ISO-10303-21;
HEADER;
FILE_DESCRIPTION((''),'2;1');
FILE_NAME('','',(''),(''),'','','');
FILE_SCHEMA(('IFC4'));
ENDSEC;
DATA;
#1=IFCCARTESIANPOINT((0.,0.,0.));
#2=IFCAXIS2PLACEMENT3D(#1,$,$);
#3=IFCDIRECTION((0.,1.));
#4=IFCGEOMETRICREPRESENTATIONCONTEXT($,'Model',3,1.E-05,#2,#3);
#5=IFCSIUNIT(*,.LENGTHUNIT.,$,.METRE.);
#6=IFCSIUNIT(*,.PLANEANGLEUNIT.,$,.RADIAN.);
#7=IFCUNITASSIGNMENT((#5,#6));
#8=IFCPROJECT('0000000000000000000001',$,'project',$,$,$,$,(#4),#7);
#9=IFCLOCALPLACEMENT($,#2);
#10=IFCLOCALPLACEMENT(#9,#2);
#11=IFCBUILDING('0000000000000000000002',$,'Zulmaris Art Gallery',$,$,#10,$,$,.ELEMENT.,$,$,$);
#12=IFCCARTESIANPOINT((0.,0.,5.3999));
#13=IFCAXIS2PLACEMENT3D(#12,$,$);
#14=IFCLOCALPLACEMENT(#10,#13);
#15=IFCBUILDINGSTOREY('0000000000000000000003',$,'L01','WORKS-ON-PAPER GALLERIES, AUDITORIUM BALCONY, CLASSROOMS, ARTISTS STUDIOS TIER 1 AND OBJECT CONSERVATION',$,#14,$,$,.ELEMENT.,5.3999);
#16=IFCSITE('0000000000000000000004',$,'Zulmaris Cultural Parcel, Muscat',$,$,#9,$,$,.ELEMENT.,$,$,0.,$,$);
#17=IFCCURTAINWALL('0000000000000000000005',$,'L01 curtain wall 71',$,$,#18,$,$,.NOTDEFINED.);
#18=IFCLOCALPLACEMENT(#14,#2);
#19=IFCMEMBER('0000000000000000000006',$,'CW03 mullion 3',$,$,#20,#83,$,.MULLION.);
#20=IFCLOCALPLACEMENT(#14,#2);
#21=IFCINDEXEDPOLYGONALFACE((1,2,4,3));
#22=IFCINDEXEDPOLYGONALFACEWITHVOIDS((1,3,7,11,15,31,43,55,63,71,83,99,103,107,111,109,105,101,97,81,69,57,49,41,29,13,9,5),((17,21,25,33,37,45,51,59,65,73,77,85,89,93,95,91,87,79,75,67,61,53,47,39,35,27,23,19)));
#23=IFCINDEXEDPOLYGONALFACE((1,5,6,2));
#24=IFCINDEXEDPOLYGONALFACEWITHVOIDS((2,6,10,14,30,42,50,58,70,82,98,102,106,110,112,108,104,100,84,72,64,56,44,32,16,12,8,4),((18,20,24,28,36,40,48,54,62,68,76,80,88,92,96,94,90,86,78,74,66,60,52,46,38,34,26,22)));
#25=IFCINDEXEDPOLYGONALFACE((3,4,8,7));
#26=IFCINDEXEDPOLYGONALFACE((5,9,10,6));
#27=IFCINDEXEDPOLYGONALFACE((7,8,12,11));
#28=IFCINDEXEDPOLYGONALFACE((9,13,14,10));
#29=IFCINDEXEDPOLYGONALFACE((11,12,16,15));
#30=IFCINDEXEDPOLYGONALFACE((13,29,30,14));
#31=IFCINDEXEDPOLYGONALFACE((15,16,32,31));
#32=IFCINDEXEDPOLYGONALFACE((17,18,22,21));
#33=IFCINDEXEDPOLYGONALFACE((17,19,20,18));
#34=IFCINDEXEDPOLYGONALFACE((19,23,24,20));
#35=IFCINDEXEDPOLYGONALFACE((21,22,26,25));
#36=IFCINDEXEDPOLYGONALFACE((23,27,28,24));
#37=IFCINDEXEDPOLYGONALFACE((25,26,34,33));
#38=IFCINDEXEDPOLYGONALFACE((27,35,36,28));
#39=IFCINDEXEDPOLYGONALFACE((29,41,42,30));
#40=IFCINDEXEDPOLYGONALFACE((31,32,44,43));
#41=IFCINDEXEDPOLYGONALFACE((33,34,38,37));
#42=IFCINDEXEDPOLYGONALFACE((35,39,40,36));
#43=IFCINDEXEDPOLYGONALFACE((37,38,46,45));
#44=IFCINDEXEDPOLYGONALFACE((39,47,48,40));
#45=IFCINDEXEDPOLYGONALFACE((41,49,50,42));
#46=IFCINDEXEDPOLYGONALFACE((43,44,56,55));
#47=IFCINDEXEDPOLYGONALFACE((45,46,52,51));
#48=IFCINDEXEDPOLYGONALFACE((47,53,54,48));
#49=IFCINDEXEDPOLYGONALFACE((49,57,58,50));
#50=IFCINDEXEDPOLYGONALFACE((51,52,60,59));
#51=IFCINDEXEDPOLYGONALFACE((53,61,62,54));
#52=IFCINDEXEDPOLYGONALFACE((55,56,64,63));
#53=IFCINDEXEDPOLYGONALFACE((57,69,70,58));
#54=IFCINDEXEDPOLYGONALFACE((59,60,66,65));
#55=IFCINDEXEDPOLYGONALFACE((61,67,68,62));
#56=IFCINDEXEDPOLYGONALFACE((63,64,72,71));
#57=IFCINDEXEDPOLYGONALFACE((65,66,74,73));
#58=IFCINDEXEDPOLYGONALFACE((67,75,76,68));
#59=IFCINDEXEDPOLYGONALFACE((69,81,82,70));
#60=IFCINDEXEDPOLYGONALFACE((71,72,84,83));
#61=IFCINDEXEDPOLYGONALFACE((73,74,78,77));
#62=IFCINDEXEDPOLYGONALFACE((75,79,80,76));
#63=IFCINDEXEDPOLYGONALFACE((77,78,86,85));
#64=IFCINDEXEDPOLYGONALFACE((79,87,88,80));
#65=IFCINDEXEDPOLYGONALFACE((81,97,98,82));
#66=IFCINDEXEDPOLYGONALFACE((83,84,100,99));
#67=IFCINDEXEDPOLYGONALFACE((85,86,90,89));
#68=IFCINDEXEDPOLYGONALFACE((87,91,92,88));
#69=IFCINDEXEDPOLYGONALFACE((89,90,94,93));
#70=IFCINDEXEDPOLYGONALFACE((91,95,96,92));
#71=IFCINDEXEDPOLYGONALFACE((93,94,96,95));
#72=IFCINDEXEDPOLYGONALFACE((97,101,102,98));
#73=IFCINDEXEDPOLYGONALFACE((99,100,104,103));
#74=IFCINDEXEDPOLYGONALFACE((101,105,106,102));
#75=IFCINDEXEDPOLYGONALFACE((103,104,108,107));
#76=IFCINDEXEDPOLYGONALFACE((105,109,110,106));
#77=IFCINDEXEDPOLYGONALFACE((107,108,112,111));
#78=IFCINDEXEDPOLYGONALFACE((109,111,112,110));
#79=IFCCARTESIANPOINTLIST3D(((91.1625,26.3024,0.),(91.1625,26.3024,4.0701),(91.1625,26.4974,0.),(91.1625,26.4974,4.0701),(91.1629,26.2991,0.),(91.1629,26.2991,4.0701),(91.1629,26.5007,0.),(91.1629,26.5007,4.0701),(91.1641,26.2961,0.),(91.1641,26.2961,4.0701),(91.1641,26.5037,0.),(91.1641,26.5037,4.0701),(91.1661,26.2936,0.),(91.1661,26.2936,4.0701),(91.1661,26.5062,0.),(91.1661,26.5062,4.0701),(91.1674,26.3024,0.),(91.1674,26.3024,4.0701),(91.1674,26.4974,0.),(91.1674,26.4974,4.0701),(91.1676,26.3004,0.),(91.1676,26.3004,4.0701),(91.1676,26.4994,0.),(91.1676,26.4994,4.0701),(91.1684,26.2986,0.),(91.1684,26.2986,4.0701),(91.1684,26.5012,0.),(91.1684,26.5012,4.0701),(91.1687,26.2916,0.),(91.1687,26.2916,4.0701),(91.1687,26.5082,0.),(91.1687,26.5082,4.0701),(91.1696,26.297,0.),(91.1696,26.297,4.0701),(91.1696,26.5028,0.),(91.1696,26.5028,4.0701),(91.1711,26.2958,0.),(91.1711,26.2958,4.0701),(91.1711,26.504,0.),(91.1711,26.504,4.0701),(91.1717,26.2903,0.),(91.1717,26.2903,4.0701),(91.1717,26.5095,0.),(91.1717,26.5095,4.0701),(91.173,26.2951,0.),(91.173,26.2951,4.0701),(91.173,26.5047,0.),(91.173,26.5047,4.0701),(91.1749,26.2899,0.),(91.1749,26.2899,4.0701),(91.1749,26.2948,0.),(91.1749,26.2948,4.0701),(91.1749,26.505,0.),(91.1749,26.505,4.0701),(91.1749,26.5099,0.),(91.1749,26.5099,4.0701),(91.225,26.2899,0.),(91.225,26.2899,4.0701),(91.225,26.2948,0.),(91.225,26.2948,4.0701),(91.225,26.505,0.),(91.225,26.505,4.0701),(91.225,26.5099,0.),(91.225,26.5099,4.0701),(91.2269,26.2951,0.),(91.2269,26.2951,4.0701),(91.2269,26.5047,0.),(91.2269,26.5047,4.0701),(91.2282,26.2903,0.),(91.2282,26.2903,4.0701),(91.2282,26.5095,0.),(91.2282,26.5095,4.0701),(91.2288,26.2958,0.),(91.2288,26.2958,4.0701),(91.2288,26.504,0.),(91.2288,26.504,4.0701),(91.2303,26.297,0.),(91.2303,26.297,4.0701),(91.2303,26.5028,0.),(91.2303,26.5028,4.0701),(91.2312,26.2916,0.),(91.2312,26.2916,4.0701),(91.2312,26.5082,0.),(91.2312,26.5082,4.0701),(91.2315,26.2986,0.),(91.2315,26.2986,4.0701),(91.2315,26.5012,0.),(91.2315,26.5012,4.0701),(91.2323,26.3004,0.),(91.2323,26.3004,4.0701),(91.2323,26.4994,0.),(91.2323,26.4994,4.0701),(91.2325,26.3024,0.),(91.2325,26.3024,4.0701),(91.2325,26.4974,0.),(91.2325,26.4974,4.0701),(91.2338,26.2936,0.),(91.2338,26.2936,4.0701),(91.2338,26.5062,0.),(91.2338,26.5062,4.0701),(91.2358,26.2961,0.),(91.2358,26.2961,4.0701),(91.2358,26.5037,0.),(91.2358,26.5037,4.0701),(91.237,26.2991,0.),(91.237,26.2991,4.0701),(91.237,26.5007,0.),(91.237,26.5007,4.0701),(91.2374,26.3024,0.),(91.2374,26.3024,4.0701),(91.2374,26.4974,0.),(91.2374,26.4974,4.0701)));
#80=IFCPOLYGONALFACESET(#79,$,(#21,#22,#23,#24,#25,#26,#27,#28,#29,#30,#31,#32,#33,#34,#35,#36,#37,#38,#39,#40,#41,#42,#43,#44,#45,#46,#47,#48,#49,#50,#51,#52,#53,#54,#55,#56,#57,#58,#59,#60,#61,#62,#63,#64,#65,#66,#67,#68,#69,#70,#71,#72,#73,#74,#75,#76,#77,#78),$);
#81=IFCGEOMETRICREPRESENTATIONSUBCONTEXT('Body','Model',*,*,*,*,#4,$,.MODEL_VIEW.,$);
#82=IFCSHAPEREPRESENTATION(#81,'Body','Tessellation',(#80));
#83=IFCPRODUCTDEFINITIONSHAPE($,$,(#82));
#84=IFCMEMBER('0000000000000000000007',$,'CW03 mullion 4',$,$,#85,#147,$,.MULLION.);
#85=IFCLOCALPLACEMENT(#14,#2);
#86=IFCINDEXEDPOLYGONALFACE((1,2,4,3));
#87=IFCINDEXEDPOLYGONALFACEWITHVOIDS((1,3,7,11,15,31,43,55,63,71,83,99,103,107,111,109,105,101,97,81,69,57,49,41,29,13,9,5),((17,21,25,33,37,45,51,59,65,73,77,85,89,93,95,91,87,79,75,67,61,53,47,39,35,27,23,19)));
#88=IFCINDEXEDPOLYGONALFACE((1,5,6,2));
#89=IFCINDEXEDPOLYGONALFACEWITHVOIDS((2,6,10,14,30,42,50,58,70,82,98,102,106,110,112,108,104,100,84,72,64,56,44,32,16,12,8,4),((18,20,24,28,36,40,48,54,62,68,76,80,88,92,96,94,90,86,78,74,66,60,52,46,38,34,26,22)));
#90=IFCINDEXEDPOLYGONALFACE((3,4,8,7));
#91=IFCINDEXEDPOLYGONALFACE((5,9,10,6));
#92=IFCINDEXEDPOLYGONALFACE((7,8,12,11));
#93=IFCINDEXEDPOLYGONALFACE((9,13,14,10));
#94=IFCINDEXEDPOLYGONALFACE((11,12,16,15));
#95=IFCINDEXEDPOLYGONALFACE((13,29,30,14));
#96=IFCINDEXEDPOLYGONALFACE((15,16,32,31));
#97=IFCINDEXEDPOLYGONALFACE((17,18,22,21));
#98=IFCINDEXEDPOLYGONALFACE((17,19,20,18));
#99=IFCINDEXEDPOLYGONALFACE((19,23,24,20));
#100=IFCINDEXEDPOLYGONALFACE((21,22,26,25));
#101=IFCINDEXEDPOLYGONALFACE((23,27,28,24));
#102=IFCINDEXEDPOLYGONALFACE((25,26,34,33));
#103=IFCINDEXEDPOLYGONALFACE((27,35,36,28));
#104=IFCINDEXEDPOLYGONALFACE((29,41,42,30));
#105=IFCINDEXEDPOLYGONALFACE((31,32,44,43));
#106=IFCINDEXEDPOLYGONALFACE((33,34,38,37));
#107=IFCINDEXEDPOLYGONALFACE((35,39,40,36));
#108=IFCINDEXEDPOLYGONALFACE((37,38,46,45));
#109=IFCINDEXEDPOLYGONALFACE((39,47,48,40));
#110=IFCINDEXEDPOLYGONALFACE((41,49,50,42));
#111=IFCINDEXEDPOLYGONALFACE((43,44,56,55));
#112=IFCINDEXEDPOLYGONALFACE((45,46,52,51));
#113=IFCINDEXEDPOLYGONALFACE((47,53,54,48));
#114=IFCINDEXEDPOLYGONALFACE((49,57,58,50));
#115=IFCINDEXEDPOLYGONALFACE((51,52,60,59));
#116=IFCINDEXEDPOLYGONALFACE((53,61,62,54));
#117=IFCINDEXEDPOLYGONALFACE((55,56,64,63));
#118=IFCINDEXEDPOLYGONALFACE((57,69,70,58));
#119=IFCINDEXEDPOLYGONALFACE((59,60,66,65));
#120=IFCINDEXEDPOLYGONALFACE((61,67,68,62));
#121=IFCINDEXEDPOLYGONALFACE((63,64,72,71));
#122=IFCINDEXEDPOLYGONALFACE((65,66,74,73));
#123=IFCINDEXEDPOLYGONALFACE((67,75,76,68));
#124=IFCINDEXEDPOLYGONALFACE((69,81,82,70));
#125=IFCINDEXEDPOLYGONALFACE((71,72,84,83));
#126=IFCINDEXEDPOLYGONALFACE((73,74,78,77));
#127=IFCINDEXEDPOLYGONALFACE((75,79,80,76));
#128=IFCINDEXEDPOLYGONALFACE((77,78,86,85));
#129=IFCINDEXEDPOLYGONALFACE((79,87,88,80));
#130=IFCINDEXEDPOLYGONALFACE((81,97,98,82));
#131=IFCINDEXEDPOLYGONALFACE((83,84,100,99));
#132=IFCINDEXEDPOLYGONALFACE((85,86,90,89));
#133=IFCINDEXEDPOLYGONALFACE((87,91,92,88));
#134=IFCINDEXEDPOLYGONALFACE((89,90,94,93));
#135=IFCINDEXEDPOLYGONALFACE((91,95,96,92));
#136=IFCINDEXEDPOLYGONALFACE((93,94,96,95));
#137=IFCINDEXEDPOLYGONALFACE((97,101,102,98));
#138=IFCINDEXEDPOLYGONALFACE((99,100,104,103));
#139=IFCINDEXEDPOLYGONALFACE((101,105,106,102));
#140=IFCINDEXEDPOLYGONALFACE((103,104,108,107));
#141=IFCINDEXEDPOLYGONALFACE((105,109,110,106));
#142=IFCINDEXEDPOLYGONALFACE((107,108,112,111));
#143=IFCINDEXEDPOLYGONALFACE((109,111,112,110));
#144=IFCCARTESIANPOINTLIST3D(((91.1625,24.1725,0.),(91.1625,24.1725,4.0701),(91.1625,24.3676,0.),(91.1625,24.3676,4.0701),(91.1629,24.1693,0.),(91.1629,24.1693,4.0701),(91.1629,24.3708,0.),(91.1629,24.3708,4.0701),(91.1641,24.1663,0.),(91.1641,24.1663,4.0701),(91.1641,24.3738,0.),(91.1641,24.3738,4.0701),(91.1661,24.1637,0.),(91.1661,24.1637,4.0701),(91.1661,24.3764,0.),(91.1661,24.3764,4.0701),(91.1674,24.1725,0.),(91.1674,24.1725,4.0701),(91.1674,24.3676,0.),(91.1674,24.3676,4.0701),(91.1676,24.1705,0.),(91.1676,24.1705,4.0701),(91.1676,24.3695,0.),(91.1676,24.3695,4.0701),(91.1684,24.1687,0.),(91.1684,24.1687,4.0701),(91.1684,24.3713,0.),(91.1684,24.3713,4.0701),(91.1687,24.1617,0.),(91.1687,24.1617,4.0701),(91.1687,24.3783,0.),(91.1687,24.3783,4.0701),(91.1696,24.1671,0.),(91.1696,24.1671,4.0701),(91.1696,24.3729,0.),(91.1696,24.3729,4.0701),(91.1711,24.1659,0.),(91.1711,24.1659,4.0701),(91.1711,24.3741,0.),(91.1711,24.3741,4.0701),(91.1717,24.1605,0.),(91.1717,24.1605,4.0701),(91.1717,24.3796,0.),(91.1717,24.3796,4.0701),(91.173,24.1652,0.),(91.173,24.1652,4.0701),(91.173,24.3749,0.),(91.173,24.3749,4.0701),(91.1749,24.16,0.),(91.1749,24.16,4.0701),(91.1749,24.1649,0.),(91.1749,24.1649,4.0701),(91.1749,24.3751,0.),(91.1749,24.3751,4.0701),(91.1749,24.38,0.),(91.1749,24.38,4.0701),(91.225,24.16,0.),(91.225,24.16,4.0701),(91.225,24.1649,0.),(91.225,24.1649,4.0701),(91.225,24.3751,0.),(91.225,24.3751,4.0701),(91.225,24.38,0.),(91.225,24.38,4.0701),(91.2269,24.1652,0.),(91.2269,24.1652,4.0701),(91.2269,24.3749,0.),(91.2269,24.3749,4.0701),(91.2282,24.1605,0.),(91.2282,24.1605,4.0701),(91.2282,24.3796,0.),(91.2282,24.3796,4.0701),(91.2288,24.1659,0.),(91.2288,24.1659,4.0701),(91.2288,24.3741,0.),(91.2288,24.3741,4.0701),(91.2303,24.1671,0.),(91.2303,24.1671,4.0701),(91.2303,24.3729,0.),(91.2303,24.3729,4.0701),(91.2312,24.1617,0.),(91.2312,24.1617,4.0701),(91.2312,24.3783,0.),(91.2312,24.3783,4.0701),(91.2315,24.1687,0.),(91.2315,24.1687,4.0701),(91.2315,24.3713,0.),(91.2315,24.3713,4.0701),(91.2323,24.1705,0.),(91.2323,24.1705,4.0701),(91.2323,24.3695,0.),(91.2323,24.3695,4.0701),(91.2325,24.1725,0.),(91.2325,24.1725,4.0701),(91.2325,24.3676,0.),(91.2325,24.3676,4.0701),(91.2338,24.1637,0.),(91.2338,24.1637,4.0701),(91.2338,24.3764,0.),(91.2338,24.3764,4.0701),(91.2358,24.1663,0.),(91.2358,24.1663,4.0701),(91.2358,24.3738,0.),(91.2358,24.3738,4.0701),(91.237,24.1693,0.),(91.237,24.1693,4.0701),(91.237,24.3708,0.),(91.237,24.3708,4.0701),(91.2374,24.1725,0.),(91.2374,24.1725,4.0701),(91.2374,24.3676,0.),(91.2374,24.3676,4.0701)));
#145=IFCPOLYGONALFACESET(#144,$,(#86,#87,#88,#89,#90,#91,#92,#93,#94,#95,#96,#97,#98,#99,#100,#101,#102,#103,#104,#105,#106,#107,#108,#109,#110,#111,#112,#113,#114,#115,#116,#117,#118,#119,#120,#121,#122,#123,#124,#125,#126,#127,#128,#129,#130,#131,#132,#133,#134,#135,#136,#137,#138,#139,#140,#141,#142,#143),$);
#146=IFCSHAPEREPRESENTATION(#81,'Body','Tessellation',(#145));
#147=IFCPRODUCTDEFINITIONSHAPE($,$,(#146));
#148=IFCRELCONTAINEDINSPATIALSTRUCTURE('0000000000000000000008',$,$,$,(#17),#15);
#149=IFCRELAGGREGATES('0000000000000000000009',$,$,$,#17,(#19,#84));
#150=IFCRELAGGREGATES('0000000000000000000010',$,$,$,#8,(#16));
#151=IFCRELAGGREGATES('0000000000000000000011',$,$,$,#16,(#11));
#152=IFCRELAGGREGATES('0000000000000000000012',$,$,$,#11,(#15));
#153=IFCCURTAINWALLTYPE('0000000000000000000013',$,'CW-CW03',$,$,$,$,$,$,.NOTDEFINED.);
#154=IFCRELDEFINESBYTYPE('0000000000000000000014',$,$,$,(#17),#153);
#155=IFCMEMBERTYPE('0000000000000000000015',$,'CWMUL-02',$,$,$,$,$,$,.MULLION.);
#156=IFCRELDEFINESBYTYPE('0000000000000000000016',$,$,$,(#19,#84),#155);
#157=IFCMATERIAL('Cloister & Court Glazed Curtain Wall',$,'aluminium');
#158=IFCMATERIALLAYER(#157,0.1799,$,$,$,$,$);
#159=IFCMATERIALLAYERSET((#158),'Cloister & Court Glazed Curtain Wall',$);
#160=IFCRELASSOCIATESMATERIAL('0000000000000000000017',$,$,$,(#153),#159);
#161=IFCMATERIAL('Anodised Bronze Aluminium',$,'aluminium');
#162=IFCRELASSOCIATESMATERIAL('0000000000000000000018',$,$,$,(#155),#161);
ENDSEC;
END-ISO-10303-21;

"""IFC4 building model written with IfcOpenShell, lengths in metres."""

from ifc_helpers import new_model, si_unit, direction, frame, origin, origin_2d, place, context, subcontext, project, spatial, hollow_rectangle, extrude, material, layer, layer_set, material_profile, profile_set, type_object, element, aggregate, save


model = new_model("IFC4")

# Units and contexts
model_context = context("Model", 3, precision=1e-05, world=origin(), true_north=direction((0.0, 1.0)))
body_context = subcontext(model_context, "Body", "Model", "MODEL_VIEW")
ifc_project = project(units=[si_unit("LENGTHUNIT", "METRE"), si_unit("PLANEANGLEUNIT", "RADIAN")], contexts=[model_context])

# Site, building, storey
site_placement = place(None, origin())
site = spatial("IfcSite", under=ifc_project, at=site_placement, Name="Zulmaris Cultural Parcel, Muscat", CompositionType="ELEMENT", RefElevation=0.0)
building_placement = place(site_placement, origin())
building = spatial("IfcBuilding", under=site, at=building_placement, Name="Zulmaris Art Gallery", CompositionType="ELEMENT")
storey_placement = place(building_placement, frame((0.0, 0.0, 5.3999)))
storey = spatial("IfcBuildingStorey", under=building, at=storey_placement, Name="L01", Description="WORKS-ON-PAPER GALLERIES, AUDITORIUM BALCONY, CLASSROOMS, ARTISTS STUDIOS TIER 1 AND OBJECT CONSERVATION", CompositionType="ELEMENT", Elevation=5.3999)

# Curtain wall, members
ifc_material_1 = material(Name="Cloister & Court Glazed Curtain Wall", Category="aluminium")
ifc_layer_1 = layer(ifc_material_1, 0.1799)
ifc_layer_set_1 = layer_set([ifc_layer_1], Name="Cloister & Court Glazed Curtain Wall")
curtain_wall_type = type_object("IfcCurtainWallType", Name="CW-CW03", PredefinedType="NOTDEFINED", material=ifc_layer_set_1)
curtain_wall_placement = place(storey_placement, origin())
curtain_wall = element("IfcCurtainWall", 1, at=curtain_wall_placement, inside=storey, type_object=curtain_wall_type, Name="L01 curtain wall 71", PredefinedType="NOTDEFINED")
ifc_material_2 = material(Name="Anodised Bronze Aluminium", Category="aluminium")
ifc_material_profile_1 = material_profile(ifc_material_2, hollow_rectangle(XDim=0.075, YDim=0.22, WallThickness=0.0049, InnerFilletRadius=0.0076, OuterFilletRadius=0.0125, at=origin_2d()), Name="ALU 75x220x5")
ifc_profile_set_1 = profile_set([ifc_material_profile_1], Name="Anodised Bronze Aluminium")
member_type_1 = type_object("IfcMemberType", Name="CWMUL-02", PredefinedType="MULLION", material=ifc_profile_set_1)
member_1_placement = place(storey_placement, frame((91.2, 26.3999, 0.0), z_axis=(0.0, 0.0, 1.0), x_axis=(1.0, 0.0, 0.0)))
member_1 = element("IfcMember", 2, at=member_1_placement, type_object=member_type_1, Name="CW03 mullion 3", PredefinedType="MULLION", context=body_context, shape_type="SweptSolid", body=[
    extrude(hollow_rectangle(XDim=0.075, YDim=0.22, WallThickness=0.0049, InnerFilletRadius=0.0076, OuterFilletRadius=0.0125, at=origin_2d()), origin(), (0.0, 0.0, 1.0), 4.0701),
])
member_2_placement = place(storey_placement, frame((91.2, 24.27, 0.0), z_axis=(0.0, 0.0, 1.0), x_axis=(1.0, 0.0, 0.0)))
member_2 = element("IfcMember", 3, at=member_2_placement, type_object=member_type_1, Name="CW03 mullion 4", PredefinedType="MULLION", context=body_context, shape_type="SweptSolid", body=[
    extrude(hollow_rectangle(XDim=0.075, YDim=0.22, WallThickness=0.0049, InnerFilletRadius=0.0076, OuterFilletRadius=0.0125, at=origin_2d()), origin(), (0.0, 0.0, 1.0), 4.0701),
])
aggregate(curtain_wall, [member_1, member_2])

save(model, "model.ifc")
